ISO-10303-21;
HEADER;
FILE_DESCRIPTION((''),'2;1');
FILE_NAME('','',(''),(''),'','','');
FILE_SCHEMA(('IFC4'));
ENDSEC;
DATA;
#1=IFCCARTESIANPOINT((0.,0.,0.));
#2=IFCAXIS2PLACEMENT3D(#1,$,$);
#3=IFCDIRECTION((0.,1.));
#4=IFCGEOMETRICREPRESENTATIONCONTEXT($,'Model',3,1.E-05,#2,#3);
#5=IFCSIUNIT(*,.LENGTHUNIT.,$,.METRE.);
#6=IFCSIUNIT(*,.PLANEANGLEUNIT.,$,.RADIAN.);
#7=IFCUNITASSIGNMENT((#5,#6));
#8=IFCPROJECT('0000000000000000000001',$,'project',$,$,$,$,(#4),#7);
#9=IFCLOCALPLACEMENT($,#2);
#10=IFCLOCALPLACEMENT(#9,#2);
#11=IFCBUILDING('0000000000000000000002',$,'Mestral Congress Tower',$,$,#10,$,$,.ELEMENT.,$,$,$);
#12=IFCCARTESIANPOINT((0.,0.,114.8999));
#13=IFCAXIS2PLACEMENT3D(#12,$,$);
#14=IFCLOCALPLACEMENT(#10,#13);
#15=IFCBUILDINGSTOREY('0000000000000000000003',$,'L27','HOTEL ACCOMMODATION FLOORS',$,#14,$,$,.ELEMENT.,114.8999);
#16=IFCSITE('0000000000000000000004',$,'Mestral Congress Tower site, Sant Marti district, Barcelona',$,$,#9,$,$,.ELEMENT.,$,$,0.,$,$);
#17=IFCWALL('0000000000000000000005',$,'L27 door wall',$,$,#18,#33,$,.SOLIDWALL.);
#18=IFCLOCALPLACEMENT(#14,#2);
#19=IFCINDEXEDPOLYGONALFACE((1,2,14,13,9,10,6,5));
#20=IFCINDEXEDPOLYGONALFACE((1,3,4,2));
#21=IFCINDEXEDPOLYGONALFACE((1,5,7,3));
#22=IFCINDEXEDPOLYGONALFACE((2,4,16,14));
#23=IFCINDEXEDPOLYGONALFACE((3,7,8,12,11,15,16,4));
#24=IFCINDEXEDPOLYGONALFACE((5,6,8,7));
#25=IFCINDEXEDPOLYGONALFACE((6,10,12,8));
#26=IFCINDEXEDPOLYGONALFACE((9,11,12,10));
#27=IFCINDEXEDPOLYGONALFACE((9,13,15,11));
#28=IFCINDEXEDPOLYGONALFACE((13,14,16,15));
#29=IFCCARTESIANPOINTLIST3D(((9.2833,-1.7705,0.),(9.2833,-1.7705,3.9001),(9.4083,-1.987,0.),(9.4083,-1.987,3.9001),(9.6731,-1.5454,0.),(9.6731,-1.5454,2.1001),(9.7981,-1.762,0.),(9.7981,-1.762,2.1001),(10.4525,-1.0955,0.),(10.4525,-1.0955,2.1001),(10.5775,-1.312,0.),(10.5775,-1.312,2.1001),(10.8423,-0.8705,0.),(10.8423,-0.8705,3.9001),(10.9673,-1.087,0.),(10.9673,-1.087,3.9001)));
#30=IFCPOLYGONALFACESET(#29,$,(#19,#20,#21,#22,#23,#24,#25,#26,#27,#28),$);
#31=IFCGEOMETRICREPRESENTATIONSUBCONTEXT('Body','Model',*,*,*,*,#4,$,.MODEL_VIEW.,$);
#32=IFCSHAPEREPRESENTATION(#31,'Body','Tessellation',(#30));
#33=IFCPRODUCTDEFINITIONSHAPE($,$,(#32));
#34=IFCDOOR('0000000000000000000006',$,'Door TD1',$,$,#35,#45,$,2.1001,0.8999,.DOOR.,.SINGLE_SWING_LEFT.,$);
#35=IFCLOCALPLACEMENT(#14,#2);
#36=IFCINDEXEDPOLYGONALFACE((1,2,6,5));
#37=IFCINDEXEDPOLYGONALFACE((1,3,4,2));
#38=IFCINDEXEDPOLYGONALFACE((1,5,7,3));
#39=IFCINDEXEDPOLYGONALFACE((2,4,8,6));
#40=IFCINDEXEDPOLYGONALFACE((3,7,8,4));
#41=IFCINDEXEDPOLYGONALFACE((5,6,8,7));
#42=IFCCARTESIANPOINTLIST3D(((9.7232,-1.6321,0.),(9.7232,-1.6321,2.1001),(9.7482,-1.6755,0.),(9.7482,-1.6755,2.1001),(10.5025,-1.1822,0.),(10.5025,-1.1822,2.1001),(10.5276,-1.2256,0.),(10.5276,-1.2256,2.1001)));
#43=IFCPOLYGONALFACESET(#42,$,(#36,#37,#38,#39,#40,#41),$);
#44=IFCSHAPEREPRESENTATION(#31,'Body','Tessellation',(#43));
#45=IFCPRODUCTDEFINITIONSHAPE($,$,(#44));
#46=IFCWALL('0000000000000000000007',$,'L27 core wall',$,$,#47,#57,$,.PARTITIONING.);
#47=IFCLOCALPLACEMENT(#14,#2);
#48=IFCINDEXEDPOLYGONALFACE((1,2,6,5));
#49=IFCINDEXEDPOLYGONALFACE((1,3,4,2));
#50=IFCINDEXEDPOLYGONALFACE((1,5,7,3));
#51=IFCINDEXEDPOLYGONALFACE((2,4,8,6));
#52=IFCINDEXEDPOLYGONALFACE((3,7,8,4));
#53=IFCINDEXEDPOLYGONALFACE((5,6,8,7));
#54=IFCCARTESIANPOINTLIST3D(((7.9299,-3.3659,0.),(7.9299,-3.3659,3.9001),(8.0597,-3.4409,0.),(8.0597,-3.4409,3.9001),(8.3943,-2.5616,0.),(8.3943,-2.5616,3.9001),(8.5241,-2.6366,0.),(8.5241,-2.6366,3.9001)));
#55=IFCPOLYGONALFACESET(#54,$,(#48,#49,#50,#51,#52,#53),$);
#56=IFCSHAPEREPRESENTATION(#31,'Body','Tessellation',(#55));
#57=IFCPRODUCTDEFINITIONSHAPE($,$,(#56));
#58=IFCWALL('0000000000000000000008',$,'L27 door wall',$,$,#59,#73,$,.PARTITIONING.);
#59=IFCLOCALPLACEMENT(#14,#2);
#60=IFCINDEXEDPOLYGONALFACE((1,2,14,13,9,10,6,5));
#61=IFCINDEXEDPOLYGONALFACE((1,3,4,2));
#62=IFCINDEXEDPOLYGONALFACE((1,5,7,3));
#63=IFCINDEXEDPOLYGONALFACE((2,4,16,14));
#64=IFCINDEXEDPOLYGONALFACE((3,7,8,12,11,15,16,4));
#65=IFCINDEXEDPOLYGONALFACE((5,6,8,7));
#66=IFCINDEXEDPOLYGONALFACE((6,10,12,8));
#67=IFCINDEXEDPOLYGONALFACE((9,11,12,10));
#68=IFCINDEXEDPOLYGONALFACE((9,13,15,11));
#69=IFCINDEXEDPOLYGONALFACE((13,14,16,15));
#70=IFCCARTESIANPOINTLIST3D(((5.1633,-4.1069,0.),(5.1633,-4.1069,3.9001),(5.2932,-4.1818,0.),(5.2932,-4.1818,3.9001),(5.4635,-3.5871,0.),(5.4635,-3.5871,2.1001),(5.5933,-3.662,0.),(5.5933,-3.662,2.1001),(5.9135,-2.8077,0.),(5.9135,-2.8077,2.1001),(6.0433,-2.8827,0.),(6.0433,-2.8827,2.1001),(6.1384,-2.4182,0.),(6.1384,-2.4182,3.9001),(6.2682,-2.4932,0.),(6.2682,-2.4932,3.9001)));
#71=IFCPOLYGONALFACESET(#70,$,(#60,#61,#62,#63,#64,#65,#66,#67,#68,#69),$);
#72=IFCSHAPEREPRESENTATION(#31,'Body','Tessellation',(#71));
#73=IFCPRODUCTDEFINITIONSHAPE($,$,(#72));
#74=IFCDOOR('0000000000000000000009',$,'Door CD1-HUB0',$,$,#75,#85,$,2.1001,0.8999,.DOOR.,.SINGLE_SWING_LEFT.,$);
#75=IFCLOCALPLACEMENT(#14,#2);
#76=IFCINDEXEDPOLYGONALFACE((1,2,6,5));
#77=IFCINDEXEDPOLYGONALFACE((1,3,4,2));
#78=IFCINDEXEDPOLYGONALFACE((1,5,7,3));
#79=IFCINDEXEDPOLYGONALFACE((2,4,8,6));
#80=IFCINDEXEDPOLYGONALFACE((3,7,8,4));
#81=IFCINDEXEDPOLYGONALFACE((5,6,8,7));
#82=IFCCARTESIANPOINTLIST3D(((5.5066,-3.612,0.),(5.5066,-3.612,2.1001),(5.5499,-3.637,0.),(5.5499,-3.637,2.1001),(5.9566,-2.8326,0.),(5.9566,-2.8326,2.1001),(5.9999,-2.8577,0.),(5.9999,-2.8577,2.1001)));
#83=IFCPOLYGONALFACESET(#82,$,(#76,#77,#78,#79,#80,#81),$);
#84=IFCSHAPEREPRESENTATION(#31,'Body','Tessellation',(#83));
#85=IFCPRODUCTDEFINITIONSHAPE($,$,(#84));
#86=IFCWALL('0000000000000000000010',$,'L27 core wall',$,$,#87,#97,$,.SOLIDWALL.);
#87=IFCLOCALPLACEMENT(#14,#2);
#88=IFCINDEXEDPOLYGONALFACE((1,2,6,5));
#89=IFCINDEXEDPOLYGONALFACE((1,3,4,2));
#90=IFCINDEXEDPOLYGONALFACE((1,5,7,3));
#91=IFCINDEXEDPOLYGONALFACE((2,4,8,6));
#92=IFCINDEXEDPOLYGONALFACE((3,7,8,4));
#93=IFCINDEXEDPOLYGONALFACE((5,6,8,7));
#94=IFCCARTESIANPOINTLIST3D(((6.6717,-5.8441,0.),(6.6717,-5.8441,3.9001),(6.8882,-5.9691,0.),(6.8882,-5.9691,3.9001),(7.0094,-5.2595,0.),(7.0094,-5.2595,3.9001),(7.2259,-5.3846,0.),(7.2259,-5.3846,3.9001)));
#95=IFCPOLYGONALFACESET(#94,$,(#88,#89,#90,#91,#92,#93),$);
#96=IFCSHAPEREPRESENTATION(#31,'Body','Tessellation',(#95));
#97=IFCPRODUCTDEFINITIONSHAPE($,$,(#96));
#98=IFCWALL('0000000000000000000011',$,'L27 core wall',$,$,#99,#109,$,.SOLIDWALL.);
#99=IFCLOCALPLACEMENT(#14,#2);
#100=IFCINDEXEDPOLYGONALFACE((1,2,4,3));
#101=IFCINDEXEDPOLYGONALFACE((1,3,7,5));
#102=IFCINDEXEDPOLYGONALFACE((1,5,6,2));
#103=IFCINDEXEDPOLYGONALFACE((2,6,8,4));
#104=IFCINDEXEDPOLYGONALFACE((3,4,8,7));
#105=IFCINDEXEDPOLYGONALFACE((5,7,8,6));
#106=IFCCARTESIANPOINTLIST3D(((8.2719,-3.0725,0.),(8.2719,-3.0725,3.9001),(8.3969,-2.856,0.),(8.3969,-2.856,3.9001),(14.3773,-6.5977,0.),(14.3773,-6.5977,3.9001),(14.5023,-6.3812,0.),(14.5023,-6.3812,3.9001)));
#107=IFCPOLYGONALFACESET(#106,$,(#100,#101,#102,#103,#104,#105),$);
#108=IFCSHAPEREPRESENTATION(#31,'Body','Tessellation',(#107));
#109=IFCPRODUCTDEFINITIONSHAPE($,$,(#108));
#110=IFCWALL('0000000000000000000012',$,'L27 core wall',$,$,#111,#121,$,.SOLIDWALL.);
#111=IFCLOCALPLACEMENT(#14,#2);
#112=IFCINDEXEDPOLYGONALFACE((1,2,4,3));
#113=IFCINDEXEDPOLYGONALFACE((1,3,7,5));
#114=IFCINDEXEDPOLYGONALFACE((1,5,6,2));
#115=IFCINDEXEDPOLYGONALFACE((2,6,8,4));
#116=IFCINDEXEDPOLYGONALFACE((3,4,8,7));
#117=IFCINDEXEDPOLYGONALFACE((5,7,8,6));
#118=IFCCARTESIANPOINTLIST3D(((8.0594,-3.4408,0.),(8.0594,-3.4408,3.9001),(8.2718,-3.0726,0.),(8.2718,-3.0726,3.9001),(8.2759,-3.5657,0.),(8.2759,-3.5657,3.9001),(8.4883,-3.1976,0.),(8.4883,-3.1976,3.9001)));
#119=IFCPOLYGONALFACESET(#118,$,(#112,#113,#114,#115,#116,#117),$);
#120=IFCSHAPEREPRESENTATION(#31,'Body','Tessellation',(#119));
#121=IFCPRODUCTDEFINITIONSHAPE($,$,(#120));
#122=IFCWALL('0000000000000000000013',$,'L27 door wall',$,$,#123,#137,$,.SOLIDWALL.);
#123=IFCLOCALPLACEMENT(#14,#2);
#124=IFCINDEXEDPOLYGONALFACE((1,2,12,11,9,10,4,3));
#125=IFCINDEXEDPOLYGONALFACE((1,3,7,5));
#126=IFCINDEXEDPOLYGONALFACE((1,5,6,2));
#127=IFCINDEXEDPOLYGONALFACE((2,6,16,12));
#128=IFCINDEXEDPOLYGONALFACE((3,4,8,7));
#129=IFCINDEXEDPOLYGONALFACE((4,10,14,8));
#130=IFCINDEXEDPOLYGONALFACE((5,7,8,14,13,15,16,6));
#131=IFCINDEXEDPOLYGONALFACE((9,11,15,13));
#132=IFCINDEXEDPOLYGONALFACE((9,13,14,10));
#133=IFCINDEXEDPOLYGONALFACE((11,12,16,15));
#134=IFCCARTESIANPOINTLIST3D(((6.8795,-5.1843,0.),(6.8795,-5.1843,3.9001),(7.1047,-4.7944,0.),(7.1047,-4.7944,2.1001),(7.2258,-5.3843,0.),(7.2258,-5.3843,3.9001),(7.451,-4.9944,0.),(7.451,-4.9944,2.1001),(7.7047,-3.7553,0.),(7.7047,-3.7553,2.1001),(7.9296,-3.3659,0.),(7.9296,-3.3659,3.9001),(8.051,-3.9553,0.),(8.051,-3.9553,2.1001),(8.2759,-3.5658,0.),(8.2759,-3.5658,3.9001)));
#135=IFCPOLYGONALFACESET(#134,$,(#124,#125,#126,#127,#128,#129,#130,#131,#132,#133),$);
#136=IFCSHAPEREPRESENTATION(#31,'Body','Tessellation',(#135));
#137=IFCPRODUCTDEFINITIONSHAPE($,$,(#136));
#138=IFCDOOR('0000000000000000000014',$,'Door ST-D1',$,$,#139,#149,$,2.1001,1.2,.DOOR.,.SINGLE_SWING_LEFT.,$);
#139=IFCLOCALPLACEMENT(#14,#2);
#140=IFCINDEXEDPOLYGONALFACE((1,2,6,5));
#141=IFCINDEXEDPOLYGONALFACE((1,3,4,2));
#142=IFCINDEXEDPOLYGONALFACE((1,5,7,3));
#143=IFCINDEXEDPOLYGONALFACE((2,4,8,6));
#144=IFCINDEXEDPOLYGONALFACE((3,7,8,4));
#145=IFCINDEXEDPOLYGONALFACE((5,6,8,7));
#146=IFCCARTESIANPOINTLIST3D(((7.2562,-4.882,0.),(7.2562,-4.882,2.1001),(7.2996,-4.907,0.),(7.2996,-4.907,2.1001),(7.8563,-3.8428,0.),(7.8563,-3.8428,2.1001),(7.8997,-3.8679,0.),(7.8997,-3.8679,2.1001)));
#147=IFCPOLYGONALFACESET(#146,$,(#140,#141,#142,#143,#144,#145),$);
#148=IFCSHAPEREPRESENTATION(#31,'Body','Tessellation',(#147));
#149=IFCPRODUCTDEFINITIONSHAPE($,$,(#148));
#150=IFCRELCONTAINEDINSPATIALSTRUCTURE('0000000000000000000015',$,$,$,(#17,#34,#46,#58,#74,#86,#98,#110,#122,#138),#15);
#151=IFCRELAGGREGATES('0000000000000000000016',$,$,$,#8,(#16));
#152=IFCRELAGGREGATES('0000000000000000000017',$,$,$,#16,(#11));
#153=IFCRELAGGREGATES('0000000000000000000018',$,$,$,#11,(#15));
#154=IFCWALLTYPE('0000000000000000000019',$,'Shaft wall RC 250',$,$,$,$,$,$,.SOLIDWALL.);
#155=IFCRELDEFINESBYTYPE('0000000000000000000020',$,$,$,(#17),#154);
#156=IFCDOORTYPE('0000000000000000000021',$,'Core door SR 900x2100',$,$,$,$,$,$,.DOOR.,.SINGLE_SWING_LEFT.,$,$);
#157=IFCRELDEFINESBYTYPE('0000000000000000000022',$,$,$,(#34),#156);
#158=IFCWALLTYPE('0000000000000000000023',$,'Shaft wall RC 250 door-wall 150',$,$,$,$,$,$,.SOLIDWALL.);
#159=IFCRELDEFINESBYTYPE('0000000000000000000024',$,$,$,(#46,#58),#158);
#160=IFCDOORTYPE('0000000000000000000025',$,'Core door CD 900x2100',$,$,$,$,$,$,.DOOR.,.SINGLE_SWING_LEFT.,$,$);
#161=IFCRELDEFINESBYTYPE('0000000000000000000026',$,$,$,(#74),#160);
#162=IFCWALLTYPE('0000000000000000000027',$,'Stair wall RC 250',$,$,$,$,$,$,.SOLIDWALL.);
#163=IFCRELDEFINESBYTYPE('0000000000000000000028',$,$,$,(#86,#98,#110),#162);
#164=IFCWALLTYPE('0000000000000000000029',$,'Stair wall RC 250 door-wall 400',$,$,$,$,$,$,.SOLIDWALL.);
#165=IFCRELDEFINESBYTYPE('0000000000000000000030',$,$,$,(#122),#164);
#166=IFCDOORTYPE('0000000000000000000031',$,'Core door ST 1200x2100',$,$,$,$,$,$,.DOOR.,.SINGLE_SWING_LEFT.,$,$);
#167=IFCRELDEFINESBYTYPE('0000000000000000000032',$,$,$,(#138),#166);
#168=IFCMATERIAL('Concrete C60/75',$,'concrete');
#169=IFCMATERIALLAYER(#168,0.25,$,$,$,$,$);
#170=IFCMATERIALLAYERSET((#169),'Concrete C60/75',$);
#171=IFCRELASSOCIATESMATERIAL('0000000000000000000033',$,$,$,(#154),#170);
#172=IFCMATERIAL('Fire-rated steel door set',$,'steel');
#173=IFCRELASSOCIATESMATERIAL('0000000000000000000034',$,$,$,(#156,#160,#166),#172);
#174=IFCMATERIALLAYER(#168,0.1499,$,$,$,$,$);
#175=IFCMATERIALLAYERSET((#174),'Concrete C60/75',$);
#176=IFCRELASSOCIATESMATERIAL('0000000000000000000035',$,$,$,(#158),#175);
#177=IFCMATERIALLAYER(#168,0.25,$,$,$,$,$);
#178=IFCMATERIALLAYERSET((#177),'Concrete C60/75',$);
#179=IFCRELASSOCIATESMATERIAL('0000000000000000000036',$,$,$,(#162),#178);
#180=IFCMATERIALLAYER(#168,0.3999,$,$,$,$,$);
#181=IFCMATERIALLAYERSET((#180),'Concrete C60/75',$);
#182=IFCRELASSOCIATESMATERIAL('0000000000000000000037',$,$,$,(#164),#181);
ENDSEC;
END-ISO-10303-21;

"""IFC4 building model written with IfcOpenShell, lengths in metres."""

from ifc_helpers import new_model, si_unit, direction, frame, frame_2d, origin, place, context, subcontext, project, spatial, rectangle, extrude, material, layer, layer_set, type_object, element, fill, save


model = new_model("IFC4")

# Units and contexts
model_context = context("Model", 3, precision=1e-05, world=origin(), true_north=direction((0.0, 1.0)))
body_context = subcontext(model_context, "Body", "Model", "MODEL_VIEW")
ifc_project = project(units=[si_unit("LENGTHUNIT", "METRE"), si_unit("PLANEANGLEUNIT", "RADIAN")], contexts=[model_context])

# Site, building, storey
site_placement = place(None, origin())
site = spatial("IfcSite", under=ifc_project, at=site_placement, Name="Mestral Congress Tower site, Sant Marti district, Barcelona", CompositionType="ELEMENT", RefElevation=0.0)
building_placement = place(site_placement, origin())
building = spatial("IfcBuilding", under=site, at=building_placement, Name="Mestral Congress Tower", CompositionType="ELEMENT")
storey_placement = place(building_placement, frame((0.0, 0.0, 114.8999)))
storey = spatial("IfcBuildingStorey", under=building, at=storey_placement, Name="L27", Description="HOTEL ACCOMMODATION FLOORS", CompositionType="ELEMENT", Elevation=114.8999)

# Shared definitions
ifc_material_1 = material(Name="Fire-rated steel door set", Category="steel")

# Shared definitions
ifc_material_2 = material(Name="Concrete C60/75", Category="concrete")
ifc_layer_1 = layer(ifc_material_2, 0.25)
ifc_layer_set_1 = layer_set([ifc_layer_1], Name="Concrete C60/75")
wall_type_1 = type_object("IfcWallType", Name="Shaft wall RC 250", PredefinedType="SOLIDWALL", material=ifc_layer_set_1)

# Wall, opening, door
door_type_1 = type_object("IfcDoorType", Name="Core door SR 900x2100", OperationType="SINGLE_SWING_LEFT", PredefinedType="DOOR", material=ifc_material_1)
wall_1_placement = place(storey_placement, frame((9.3459, -1.8787, 0.0), z_axis=(0.0, 0.0, 1.0), x_axis=(0.866048, 0.499961, 0.0)))
wall_1 = element("IfcWall", 1, at=wall_1_placement, inside=storey, type_object=wall_type_1, Name="L27 door wall", PredefinedType="SOLIDWALL", context=body_context, shape_type="SweptSolid", body=[
    extrude(rectangle(XDim=1.8, YDim=0.25, at=frame_2d((0.8999, 0.0))), origin(), (0.0, 0.0, 1.0), 3.9001),
])
opening_1_placement = place(wall_1_placement, frame((0.45, 0.0, 0.0)))
opening_1 = element("IfcOpeningElement", 2, at=opening_1_placement, cuts=wall_1, PredefinedType="OPENING", context=body_context, shape_type="SweptSolid", body=[
    extrude(rectangle(XDim=0.8999, YDim=2.1001, at=frame_2d((0.45, 1.05))), frame((0.0, 0.135, 0.0), z_axis=(0.0, -1.0, 0.0), x_axis=(1.0, 0.0, 0.0)), (0.0, 0.0, 1.0), 0.27),
])
door_1_placement = place(opening_1_placement, origin())
door_1 = element("IfcDoor", 3, at=door_1_placement, inside=storey, type_object=door_type_1, Name="Door TD1", OperationType="SINGLE_SWING_LEFT", OverallHeight=2.1001, OverallWidth=0.8999, PredefinedType="DOOR", context=body_context, shape_type="SweptSolid", body=[
    extrude(rectangle(XDim=0.8999, YDim=2.1001, at=frame_2d((0.45, 1.05))), frame((0.0, 0.0249, 0.0), z_axis=(0.0, -1.0, 0.0), x_axis=(1.0, 0.0, 0.0)), (0.0, 0.0, 1.0), 0.05),
])
fill(opening_1, door_1)

# Wall
ifc_layer_2 = layer(ifc_material_2, 0.1499)
ifc_layer_set_2 = layer_set([ifc_layer_2], Name="Concrete C60/75")
wall_type_2 = type_object("IfcWallType", Name="Shaft wall RC 250 door-wall 150", PredefinedType="SOLIDWALL", material=ifc_layer_set_2)
wall_2_placement = place(storey_placement, frame((8.4592, -2.5991, 0.0), z_axis=(0.0, 0.0, 1.0), x_axis=(-0.500041, -0.866002, 0.0)))
element("IfcWall", 4, at=wall_2_placement, inside=storey, type_object=wall_type_2, Name="L27 core wall", PredefinedType="PARTITIONING", context=body_context, shape_type="SweptSolid", body=[
    extrude(rectangle(XDim=0.9287, YDim=0.1499, at=frame_2d((0.4644, 0.0))), origin(), (0.0, 0.0, 1.0), 3.9001),
])

# Wall, opening, door
wall_3_placement = place(storey_placement, frame((6.2034, -2.4556, 0.0), z_axis=(0.0, 0.0, 1.0), x_axis=(-0.500044, -0.866, 0.0)))
wall_3 = element("IfcWall", 5, at=wall_3_placement, inside=storey, type_object=wall_type_2, Name="L27 door wall", PredefinedType="PARTITIONING", context=body_context, shape_type="SweptSolid", body=[
    extrude(rectangle(XDim=1.95, YDim=0.1499, at=frame_2d((0.9751, 0.0))), origin(), (0.0, 0.0, 1.0), 3.9001),
])
opening_2_placement = place(wall_3_placement, frame((0.45, 0.0, 0.0)))
opening_2 = element("IfcOpeningElement", 6, at=opening_2_placement, cuts=wall_3, PredefinedType="OPENING", context=body_context, shape_type="SweptSolid", body=[
    extrude(rectangle(XDim=0.8999, YDim=2.1001, at=frame_2d((0.45, 1.05))), frame((0.0, 0.085, 0.0), z_axis=(0.0, -1.0, 0.0), x_axis=(1.0, 0.0, 0.0)), (0.0, 0.0, 1.0), 0.1699),
])
door_type_2 = type_object("IfcDoorType", Name="Core door CD 900x2100", OperationType="SINGLE_SWING_LEFT", PredefinedType="DOOR", material=ifc_material_1)
door_2_placement = place(opening_2_placement, origin())
door_2 = element("IfcDoor", 7, at=door_2_placement, inside=storey, type_object=door_type_2, Name="Door CD1-HUB0", OperationType="SINGLE_SWING_LEFT", OverallHeight=2.1001, OverallWidth=0.8999, PredefinedType="DOOR", context=body_context, shape_type="SweptSolid", body=[
    extrude(rectangle(XDim=0.8999, YDim=2.1001, at=frame_2d((0.45, 1.05))), frame((0.0, 0.0249, 0.0), z_axis=(0.0, -1.0, 0.0), x_axis=(1.0, 0.0, 0.0)), (0.0, 0.0, 1.0), 0.05),
])
fill(opening_2, door_2)

# Walls
ifc_layer_3 = layer(ifc_material_2, 0.25)
ifc_layer_set_3 = layer_set([ifc_layer_3], Name="Concrete C60/75")
wall_type_3 = type_object("IfcWallType", Name="Stair wall RC 250", PredefinedType="SOLIDWALL", material=ifc_layer_set_3)
wall_4_placement = place(storey_placement, frame((6.78, -5.9065, 0.0), z_axis=(0.0, 0.0, 1.0), x_axis=(0.500223, 0.865896, 0.0)))
element("IfcWall", 8, at=wall_4_placement, inside=storey, type_object=wall_type_3, Name="L27 core wall", PredefinedType="SOLIDWALL", context=body_context, shape_type="SweptSolid", body=[
    extrude(rectangle(XDim=0.675, YDim=0.25, at=frame_2d((0.3374, 0.0))), origin(), (0.0, 0.0, 1.0), 3.9001),
])
wall_5_placement = place(storey_placement, frame((8.3345, -2.9644, 0.0), z_axis=(0.0, 0.0, 1.0), x_axis=(0.866016, -0.500016, 0.0)))
element("IfcWall", 9, at=wall_5_placement, inside=storey, type_object=wall_type_3, Name="L27 core wall", PredefinedType="SOLIDWALL", context=body_context, shape_type="SweptSolid", body=[
    extrude(rectangle(XDim=7.05, YDim=0.25, at=frame_2d((3.5249, 0.0))), origin(), (0.0, 0.0, 1.0), 3.9001),
])
wall_6_placement = place(storey_placement, frame((8.1677, -3.5032, 0.0), z_axis=(0.0, 0.0, 1.0), x_axis=(0.499722, 0.866186, 0.0)))
element("IfcWall", 10, at=wall_6_placement, inside=storey, type_object=wall_type_3, Name="L27 core wall", PredefinedType="SOLIDWALL", context=body_context, shape_type="SweptSolid", body=[
    extrude(rectangle(XDim=0.425, YDim=0.25, at=frame_2d((0.2124, 0.0))), origin(), (0.0, 0.0, 1.0), 3.9001),
])

# Wall, opening, door
ifc_layer_4 = layer(ifc_material_2, 0.3999)
ifc_layer_set_4 = layer_set([ifc_layer_4], Name="Concrete C60/75")
wall_type_4 = type_object("IfcWallType", Name="Stair wall RC 250 door-wall 400", PredefinedType="SOLIDWALL", material=ifc_layer_set_4)
wall_7_placement = place(storey_placement, frame((7.0527, -5.2842, 0.0), z_axis=(0.0, 0.0, 1.0), x_axis=(0.500078, 0.86598, 0.0)))
wall_7 = element("IfcWall", 11, at=wall_7_placement, inside=storey, type_object=wall_type_4, Name="L27 door wall", PredefinedType="SOLIDWALL", context=body_context, shape_type="SweptSolid", body=[
    extrude(rectangle(XDim=2.0999, YDim=0.3999, at=frame_2d((1.0498, 0.0))), origin(), (0.0, 0.0, 1.0), 3.9001),
])
opening_3_placement = place(wall_7_placement, frame((0.45, 0.0, 0.0)))
opening_3 = element("IfcOpeningElement", 12, at=opening_3_placement, cuts=wall_7, PredefinedType="OPENING", context=body_context, shape_type="SweptSolid", body=[
    extrude(rectangle(XDim=1.2, YDim=2.1001, at=frame_2d((0.6001, 1.05))), frame((0.0, 0.21, 0.0), z_axis=(0.0, -1.0, 0.0), x_axis=(1.0, 0.0, 0.0)), (0.0, 0.0, 1.0), 0.4199),
])
door_type_3 = type_object("IfcDoorType", Name="Core door ST 1200x2100", OperationType="SINGLE_SWING_LEFT", PredefinedType="DOOR", material=ifc_material_1)
door_3_placement = place(opening_3_placement, origin())
door_3 = element("IfcDoor", 13, at=door_3_placement, inside=storey, type_object=door_type_3, Name="Door ST-D1", OperationType="SINGLE_SWING_LEFT", OverallHeight=2.1001, OverallWidth=1.2, PredefinedType="DOOR", context=body_context, shape_type="SweptSolid", body=[
    extrude(rectangle(XDim=1.2, YDim=2.1001, at=frame_2d((0.6001, 1.05))), frame((0.0, 0.0249, 0.0), z_axis=(0.0, -1.0, 0.0), x_axis=(1.0, 0.0, 0.0)), (0.0, 0.0, 1.0), 0.05),
])
fill(opening_3, door_3)

save(model, "model.ifc")
